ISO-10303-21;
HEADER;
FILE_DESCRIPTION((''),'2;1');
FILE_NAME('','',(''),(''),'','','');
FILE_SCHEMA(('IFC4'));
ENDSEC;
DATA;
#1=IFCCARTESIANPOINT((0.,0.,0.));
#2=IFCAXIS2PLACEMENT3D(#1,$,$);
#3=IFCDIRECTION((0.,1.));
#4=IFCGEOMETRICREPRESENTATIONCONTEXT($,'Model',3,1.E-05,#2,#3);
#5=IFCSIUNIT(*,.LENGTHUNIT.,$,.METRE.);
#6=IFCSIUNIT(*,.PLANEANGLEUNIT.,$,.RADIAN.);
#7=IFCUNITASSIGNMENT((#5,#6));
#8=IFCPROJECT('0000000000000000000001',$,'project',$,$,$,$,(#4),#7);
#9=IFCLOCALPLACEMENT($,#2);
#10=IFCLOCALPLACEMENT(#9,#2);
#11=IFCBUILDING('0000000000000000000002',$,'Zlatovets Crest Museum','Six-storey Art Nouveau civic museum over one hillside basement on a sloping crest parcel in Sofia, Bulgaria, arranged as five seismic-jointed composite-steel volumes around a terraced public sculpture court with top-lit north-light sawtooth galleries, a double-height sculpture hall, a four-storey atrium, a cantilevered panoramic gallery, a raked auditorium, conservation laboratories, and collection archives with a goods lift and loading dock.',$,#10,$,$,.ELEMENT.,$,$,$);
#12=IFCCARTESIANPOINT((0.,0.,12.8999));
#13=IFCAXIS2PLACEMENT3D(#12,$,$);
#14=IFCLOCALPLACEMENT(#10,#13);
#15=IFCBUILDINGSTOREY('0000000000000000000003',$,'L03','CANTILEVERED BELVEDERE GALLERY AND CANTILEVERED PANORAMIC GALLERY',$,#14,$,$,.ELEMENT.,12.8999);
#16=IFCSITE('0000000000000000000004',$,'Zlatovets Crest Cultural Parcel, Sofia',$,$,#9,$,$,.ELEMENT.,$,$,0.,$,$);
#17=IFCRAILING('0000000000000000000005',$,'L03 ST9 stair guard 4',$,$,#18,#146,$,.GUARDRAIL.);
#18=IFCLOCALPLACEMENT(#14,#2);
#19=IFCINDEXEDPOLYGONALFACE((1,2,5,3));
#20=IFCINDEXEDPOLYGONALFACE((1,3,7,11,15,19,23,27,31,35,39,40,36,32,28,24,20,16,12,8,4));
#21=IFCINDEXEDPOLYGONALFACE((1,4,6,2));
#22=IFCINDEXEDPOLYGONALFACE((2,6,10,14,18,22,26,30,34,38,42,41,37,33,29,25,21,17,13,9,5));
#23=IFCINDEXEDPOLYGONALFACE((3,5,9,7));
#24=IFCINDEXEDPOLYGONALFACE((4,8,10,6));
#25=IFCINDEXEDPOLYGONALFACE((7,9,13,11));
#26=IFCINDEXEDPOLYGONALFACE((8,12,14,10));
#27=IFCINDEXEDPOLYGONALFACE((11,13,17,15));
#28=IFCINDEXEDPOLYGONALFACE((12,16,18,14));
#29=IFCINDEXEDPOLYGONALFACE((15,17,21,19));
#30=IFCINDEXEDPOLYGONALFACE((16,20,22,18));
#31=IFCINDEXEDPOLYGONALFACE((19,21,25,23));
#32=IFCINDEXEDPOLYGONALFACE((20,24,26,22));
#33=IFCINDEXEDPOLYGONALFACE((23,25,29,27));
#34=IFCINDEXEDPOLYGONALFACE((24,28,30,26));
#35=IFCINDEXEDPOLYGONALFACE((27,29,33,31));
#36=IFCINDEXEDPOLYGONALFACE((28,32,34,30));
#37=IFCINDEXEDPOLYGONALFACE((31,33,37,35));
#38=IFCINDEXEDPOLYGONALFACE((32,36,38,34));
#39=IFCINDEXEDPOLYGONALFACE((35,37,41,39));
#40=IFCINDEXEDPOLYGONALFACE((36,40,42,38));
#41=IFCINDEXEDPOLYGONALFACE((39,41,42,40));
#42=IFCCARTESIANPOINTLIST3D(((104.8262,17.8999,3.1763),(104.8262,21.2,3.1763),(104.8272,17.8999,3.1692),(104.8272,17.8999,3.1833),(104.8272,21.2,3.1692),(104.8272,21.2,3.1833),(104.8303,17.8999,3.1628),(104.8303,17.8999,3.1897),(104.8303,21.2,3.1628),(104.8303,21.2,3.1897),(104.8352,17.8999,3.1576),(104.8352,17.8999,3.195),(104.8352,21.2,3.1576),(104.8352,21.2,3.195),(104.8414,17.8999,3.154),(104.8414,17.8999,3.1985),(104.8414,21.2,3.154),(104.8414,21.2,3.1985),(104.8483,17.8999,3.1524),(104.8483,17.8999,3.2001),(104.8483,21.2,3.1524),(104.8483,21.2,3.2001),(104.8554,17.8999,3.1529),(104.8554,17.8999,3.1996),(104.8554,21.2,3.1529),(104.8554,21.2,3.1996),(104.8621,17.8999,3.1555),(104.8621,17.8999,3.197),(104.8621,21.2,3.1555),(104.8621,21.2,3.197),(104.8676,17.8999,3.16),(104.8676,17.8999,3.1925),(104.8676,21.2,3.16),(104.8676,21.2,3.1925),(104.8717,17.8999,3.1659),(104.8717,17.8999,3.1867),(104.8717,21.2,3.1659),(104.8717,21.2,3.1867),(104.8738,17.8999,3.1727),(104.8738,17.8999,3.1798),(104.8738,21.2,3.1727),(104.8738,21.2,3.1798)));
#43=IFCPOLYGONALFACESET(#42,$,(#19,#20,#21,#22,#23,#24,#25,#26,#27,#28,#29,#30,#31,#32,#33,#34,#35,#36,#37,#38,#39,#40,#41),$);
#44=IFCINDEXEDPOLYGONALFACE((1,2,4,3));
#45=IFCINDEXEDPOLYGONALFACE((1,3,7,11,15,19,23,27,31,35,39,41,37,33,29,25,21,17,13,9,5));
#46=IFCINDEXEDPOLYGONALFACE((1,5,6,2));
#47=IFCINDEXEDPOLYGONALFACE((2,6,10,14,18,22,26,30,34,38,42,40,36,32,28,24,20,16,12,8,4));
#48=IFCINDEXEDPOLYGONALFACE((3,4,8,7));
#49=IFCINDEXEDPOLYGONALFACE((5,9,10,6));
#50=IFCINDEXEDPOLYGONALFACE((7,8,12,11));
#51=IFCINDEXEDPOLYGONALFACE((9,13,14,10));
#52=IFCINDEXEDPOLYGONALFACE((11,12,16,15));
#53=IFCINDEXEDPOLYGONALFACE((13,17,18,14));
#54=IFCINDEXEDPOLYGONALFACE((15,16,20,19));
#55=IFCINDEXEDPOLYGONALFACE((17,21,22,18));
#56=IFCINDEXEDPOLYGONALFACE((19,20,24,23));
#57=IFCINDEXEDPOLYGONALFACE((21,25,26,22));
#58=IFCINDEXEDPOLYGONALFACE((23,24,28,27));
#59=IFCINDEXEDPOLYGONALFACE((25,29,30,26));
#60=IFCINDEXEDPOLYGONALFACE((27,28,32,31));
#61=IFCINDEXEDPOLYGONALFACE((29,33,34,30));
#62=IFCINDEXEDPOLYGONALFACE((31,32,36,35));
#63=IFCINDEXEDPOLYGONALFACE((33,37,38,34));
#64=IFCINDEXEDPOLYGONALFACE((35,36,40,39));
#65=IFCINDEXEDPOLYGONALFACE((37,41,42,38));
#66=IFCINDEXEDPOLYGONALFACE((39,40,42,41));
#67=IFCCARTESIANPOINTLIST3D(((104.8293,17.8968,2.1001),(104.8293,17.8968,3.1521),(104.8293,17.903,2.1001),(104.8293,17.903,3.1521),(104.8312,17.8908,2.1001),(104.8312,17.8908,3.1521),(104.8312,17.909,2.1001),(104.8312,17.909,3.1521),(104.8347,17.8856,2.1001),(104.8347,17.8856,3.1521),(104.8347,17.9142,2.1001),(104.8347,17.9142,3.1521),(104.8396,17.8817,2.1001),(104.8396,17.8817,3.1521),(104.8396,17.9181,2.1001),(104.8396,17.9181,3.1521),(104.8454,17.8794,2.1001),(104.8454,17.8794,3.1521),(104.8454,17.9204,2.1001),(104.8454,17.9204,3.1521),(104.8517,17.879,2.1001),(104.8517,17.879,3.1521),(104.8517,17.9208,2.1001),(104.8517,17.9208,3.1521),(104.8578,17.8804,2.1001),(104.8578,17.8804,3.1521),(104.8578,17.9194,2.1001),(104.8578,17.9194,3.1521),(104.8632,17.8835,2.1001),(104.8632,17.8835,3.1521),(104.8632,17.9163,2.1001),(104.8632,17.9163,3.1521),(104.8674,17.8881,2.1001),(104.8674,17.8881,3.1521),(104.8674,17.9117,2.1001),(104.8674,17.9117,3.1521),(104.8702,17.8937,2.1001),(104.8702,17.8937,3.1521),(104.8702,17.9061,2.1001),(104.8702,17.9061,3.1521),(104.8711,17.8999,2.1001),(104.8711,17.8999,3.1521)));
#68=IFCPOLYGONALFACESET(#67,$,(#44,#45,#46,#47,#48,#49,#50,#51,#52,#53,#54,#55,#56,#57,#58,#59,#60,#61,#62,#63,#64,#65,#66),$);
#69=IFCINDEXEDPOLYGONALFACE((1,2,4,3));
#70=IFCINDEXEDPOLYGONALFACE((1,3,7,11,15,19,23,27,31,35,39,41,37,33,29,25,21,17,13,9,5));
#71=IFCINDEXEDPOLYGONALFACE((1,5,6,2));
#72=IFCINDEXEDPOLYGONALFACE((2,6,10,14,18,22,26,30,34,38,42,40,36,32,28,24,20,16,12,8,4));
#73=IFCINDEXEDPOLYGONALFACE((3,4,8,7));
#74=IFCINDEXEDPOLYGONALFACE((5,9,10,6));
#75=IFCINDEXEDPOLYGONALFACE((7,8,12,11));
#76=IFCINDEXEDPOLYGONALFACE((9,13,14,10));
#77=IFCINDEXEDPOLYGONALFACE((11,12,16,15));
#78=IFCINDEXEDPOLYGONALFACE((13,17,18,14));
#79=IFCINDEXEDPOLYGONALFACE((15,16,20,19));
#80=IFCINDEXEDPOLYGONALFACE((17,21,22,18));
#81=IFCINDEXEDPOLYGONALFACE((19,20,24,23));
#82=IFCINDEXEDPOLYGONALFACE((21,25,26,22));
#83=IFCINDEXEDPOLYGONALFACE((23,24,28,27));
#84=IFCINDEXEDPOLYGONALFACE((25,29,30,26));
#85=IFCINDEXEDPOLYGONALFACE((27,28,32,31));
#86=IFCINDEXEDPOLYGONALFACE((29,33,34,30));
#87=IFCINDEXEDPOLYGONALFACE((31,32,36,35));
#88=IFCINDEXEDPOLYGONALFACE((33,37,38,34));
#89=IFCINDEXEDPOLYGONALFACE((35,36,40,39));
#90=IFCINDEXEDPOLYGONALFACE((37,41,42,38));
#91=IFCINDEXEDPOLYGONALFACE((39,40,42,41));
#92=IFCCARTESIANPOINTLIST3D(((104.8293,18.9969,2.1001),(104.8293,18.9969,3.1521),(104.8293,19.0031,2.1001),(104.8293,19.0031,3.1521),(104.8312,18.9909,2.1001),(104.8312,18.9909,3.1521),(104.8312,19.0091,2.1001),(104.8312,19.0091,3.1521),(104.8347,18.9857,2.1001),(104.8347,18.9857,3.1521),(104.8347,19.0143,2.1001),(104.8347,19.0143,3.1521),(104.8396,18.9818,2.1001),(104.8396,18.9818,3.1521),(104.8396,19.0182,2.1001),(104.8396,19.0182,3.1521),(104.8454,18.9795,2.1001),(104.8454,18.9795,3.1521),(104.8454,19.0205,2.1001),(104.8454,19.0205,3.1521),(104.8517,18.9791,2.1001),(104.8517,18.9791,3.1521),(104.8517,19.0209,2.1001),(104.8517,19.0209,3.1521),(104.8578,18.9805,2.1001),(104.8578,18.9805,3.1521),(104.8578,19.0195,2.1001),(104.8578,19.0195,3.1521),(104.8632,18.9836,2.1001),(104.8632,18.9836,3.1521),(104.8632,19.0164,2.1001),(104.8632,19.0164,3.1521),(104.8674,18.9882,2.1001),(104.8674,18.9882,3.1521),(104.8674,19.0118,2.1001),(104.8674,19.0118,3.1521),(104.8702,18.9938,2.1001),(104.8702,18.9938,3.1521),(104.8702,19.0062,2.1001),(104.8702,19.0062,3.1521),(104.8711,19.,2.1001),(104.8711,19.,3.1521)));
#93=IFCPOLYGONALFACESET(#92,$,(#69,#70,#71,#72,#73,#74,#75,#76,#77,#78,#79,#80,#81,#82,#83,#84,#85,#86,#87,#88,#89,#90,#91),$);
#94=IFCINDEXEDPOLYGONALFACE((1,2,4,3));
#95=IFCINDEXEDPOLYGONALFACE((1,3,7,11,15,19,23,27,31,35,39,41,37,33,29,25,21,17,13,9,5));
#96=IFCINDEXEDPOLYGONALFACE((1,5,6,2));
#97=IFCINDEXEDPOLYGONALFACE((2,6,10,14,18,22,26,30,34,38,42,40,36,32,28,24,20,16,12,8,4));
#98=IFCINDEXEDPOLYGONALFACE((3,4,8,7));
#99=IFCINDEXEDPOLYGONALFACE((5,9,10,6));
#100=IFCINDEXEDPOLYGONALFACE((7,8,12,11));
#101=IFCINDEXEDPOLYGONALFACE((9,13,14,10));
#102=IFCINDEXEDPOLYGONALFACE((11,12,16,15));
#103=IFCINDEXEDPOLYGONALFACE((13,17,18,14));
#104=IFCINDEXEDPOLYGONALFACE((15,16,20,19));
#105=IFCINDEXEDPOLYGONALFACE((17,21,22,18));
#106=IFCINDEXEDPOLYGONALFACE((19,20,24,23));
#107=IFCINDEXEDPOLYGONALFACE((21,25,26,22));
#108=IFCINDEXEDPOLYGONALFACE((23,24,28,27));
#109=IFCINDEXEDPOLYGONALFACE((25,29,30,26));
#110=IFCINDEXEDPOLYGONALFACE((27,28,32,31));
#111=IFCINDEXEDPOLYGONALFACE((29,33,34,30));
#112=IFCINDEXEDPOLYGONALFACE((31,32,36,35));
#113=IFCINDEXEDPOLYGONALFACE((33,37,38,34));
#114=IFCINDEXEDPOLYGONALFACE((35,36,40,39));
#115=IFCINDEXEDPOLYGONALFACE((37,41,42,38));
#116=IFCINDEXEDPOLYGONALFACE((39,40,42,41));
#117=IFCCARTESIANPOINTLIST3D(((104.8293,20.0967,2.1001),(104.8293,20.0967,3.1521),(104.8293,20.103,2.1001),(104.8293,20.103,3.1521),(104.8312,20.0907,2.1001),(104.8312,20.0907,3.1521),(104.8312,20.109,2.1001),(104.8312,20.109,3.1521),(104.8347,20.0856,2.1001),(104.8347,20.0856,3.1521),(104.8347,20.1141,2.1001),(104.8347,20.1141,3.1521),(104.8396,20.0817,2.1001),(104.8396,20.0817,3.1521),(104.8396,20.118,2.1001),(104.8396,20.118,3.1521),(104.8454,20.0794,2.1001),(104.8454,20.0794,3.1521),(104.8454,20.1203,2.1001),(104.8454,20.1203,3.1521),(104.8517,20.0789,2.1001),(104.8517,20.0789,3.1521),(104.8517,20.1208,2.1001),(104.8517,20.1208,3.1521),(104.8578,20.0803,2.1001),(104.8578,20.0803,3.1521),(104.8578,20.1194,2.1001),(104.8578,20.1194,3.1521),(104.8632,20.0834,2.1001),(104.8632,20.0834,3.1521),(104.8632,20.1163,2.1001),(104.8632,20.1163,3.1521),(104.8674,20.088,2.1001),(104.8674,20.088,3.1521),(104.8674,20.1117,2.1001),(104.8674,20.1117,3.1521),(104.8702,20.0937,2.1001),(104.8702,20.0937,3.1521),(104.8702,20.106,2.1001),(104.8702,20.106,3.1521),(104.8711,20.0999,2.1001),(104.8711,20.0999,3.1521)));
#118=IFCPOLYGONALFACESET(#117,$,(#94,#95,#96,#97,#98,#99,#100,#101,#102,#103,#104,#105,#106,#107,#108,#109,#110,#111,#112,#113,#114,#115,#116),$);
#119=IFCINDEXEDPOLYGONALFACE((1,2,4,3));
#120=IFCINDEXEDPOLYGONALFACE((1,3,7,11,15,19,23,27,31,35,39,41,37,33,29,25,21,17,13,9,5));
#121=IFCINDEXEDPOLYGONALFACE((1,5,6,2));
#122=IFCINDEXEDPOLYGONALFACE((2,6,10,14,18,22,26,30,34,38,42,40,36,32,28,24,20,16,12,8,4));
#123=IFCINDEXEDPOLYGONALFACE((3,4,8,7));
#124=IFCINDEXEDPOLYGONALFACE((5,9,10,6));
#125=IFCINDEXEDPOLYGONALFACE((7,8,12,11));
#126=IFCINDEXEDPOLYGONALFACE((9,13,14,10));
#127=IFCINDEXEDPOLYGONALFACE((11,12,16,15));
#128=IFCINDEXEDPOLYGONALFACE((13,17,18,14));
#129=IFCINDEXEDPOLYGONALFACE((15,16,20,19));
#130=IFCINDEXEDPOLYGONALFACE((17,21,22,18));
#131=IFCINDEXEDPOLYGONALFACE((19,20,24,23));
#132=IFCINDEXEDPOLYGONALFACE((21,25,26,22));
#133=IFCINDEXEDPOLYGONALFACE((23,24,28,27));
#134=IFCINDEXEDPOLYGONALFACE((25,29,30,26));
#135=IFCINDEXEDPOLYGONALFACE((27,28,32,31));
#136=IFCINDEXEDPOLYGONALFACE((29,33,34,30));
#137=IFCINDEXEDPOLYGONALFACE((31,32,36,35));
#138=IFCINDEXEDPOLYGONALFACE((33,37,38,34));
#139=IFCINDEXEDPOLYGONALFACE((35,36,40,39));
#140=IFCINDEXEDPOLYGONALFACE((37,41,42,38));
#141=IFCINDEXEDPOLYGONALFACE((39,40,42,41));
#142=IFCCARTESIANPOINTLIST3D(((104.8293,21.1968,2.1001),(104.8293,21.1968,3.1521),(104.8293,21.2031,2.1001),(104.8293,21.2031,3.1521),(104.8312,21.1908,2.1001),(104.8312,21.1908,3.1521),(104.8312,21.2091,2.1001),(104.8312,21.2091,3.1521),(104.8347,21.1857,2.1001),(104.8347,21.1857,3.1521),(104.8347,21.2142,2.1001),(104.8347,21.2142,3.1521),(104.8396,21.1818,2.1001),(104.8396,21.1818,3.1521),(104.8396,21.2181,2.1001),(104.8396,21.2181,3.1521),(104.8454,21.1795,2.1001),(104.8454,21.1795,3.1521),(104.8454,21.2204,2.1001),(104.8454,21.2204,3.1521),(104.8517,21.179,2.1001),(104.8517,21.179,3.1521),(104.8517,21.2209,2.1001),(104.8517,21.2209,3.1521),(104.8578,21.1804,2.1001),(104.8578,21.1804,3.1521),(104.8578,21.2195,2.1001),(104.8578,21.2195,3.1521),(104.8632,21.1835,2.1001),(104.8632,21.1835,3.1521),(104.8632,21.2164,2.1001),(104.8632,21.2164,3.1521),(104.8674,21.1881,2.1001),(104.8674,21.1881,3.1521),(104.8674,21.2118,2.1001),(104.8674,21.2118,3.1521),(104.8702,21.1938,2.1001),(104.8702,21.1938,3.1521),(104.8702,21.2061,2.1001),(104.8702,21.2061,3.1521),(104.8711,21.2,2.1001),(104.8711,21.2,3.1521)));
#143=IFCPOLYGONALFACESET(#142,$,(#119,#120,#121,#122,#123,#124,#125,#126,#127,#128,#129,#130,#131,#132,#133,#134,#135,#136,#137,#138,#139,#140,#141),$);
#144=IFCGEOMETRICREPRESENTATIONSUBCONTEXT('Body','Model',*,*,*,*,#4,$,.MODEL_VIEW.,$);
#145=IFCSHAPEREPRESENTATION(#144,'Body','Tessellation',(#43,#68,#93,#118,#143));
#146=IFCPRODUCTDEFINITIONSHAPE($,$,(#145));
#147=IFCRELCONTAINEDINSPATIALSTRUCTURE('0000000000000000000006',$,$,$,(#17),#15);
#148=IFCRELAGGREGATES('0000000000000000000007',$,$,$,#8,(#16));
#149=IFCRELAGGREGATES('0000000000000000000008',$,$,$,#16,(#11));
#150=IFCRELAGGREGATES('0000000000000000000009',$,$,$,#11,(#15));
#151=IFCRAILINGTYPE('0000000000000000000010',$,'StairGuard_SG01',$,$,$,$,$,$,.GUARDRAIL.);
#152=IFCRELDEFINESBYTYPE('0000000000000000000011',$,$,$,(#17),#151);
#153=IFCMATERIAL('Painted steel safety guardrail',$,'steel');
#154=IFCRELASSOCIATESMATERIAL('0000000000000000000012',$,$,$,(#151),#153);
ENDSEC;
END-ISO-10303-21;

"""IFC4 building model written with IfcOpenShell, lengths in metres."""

from ifc_helpers import new_model, si_unit, direction, frame, origin, origin_2d, place, context, subcontext, project, spatial, circle, extrude, material, type_object, element, save


model = new_model("IFC4")

# Units and contexts
model_context = context("Model", 3, precision=1e-05, world=origin(), true_north=direction((0.0, 1.0)))
body_context = subcontext(model_context, "Body", "Model", "MODEL_VIEW")
ifc_project = project(units=[si_unit("LENGTHUNIT", "METRE"), si_unit("PLANEANGLEUNIT", "RADIAN")], contexts=[model_context])

# Site, building, storey
site_placement = place(None, origin())
site = spatial("IfcSite", under=ifc_project, at=site_placement, Name="Zlatovets Crest Cultural Parcel, Sofia", CompositionType="ELEMENT", RefElevation=0.0)
building_placement = place(site_placement, origin())
building = spatial("IfcBuilding", under=site, at=building_placement, Name="Zlatovets Crest Museum", Description="Six-storey Art Nouveau civic museum over one hillside basement on a sloping crest parcel in Sofia, Bulgaria, arranged as five seismic-jointed composite-steel volumes around a terraced public sculpture court with top-lit north-light sawtooth galleries, a double-height sculpture hall, a four-storey atrium, a cantilevered panoramic gallery, a raked auditorium, conservation laboratories, and collection archives with a goods lift and loading dock.", CompositionType="ELEMENT")
storey_placement = place(building_placement, frame((0.0, 0.0, 12.8999)))
storey = spatial("IfcBuildingStorey", under=building, at=storey_placement, Name="L03", Description="CANTILEVERED BELVEDERE GALLERY AND CANTILEVERED PANORAMIC GALLERY", CompositionType="ELEMENT", Elevation=12.8999)

# Railing
ifc_material_1 = material(Name="Painted steel safety guardrail", Category="steel")
railing_type_1 = type_object("IfcRailingType", Name="StairGuard_SG01", PredefinedType="GUARDRAIL", material=ifc_material_1)
for number, where, name in (
    (1, (104.8501, 17.8999, 2.1001), "L03 ST9 stair guard 4"),
):
    element("IfcRailing", number, at=place(storey_placement, frame(where)), inside=storey, type_object=railing_type_1, Name=name, PredefinedType="GUARDRAIL", context=body_context, shape_type="SweptSolid", body=[
        extrude(circle(Radius=0.0239, at=origin_2d()), frame((0.0, 0.0, 1.0762), z_axis=(0.0, 1.0, 0.0), x_axis=(-1.0, 0.0, 0.0)), (0.0, 0.0, 1.0), 3.3),
        extrude(circle(Radius=0.021, at=origin_2d()), origin(), (0.0, 0.0, 1.0), 1.052),
        extrude(circle(Radius=0.021, at=origin_2d()), frame((0.0, 1.1001, 0.0)), (0.0, 0.0, 1.0), 1.052),
        extrude(circle(Radius=0.021, at=origin_2d()), frame((0.0, 2.2, 0.0)), (0.0, 0.0, 1.0), 1.052),
        extrude(circle(Radius=0.021, at=origin_2d()), frame((0.0, 3.3, 0.0)), (0.0, 0.0, 1.0), 1.052),
    ])

save(model, "model.ifc")
